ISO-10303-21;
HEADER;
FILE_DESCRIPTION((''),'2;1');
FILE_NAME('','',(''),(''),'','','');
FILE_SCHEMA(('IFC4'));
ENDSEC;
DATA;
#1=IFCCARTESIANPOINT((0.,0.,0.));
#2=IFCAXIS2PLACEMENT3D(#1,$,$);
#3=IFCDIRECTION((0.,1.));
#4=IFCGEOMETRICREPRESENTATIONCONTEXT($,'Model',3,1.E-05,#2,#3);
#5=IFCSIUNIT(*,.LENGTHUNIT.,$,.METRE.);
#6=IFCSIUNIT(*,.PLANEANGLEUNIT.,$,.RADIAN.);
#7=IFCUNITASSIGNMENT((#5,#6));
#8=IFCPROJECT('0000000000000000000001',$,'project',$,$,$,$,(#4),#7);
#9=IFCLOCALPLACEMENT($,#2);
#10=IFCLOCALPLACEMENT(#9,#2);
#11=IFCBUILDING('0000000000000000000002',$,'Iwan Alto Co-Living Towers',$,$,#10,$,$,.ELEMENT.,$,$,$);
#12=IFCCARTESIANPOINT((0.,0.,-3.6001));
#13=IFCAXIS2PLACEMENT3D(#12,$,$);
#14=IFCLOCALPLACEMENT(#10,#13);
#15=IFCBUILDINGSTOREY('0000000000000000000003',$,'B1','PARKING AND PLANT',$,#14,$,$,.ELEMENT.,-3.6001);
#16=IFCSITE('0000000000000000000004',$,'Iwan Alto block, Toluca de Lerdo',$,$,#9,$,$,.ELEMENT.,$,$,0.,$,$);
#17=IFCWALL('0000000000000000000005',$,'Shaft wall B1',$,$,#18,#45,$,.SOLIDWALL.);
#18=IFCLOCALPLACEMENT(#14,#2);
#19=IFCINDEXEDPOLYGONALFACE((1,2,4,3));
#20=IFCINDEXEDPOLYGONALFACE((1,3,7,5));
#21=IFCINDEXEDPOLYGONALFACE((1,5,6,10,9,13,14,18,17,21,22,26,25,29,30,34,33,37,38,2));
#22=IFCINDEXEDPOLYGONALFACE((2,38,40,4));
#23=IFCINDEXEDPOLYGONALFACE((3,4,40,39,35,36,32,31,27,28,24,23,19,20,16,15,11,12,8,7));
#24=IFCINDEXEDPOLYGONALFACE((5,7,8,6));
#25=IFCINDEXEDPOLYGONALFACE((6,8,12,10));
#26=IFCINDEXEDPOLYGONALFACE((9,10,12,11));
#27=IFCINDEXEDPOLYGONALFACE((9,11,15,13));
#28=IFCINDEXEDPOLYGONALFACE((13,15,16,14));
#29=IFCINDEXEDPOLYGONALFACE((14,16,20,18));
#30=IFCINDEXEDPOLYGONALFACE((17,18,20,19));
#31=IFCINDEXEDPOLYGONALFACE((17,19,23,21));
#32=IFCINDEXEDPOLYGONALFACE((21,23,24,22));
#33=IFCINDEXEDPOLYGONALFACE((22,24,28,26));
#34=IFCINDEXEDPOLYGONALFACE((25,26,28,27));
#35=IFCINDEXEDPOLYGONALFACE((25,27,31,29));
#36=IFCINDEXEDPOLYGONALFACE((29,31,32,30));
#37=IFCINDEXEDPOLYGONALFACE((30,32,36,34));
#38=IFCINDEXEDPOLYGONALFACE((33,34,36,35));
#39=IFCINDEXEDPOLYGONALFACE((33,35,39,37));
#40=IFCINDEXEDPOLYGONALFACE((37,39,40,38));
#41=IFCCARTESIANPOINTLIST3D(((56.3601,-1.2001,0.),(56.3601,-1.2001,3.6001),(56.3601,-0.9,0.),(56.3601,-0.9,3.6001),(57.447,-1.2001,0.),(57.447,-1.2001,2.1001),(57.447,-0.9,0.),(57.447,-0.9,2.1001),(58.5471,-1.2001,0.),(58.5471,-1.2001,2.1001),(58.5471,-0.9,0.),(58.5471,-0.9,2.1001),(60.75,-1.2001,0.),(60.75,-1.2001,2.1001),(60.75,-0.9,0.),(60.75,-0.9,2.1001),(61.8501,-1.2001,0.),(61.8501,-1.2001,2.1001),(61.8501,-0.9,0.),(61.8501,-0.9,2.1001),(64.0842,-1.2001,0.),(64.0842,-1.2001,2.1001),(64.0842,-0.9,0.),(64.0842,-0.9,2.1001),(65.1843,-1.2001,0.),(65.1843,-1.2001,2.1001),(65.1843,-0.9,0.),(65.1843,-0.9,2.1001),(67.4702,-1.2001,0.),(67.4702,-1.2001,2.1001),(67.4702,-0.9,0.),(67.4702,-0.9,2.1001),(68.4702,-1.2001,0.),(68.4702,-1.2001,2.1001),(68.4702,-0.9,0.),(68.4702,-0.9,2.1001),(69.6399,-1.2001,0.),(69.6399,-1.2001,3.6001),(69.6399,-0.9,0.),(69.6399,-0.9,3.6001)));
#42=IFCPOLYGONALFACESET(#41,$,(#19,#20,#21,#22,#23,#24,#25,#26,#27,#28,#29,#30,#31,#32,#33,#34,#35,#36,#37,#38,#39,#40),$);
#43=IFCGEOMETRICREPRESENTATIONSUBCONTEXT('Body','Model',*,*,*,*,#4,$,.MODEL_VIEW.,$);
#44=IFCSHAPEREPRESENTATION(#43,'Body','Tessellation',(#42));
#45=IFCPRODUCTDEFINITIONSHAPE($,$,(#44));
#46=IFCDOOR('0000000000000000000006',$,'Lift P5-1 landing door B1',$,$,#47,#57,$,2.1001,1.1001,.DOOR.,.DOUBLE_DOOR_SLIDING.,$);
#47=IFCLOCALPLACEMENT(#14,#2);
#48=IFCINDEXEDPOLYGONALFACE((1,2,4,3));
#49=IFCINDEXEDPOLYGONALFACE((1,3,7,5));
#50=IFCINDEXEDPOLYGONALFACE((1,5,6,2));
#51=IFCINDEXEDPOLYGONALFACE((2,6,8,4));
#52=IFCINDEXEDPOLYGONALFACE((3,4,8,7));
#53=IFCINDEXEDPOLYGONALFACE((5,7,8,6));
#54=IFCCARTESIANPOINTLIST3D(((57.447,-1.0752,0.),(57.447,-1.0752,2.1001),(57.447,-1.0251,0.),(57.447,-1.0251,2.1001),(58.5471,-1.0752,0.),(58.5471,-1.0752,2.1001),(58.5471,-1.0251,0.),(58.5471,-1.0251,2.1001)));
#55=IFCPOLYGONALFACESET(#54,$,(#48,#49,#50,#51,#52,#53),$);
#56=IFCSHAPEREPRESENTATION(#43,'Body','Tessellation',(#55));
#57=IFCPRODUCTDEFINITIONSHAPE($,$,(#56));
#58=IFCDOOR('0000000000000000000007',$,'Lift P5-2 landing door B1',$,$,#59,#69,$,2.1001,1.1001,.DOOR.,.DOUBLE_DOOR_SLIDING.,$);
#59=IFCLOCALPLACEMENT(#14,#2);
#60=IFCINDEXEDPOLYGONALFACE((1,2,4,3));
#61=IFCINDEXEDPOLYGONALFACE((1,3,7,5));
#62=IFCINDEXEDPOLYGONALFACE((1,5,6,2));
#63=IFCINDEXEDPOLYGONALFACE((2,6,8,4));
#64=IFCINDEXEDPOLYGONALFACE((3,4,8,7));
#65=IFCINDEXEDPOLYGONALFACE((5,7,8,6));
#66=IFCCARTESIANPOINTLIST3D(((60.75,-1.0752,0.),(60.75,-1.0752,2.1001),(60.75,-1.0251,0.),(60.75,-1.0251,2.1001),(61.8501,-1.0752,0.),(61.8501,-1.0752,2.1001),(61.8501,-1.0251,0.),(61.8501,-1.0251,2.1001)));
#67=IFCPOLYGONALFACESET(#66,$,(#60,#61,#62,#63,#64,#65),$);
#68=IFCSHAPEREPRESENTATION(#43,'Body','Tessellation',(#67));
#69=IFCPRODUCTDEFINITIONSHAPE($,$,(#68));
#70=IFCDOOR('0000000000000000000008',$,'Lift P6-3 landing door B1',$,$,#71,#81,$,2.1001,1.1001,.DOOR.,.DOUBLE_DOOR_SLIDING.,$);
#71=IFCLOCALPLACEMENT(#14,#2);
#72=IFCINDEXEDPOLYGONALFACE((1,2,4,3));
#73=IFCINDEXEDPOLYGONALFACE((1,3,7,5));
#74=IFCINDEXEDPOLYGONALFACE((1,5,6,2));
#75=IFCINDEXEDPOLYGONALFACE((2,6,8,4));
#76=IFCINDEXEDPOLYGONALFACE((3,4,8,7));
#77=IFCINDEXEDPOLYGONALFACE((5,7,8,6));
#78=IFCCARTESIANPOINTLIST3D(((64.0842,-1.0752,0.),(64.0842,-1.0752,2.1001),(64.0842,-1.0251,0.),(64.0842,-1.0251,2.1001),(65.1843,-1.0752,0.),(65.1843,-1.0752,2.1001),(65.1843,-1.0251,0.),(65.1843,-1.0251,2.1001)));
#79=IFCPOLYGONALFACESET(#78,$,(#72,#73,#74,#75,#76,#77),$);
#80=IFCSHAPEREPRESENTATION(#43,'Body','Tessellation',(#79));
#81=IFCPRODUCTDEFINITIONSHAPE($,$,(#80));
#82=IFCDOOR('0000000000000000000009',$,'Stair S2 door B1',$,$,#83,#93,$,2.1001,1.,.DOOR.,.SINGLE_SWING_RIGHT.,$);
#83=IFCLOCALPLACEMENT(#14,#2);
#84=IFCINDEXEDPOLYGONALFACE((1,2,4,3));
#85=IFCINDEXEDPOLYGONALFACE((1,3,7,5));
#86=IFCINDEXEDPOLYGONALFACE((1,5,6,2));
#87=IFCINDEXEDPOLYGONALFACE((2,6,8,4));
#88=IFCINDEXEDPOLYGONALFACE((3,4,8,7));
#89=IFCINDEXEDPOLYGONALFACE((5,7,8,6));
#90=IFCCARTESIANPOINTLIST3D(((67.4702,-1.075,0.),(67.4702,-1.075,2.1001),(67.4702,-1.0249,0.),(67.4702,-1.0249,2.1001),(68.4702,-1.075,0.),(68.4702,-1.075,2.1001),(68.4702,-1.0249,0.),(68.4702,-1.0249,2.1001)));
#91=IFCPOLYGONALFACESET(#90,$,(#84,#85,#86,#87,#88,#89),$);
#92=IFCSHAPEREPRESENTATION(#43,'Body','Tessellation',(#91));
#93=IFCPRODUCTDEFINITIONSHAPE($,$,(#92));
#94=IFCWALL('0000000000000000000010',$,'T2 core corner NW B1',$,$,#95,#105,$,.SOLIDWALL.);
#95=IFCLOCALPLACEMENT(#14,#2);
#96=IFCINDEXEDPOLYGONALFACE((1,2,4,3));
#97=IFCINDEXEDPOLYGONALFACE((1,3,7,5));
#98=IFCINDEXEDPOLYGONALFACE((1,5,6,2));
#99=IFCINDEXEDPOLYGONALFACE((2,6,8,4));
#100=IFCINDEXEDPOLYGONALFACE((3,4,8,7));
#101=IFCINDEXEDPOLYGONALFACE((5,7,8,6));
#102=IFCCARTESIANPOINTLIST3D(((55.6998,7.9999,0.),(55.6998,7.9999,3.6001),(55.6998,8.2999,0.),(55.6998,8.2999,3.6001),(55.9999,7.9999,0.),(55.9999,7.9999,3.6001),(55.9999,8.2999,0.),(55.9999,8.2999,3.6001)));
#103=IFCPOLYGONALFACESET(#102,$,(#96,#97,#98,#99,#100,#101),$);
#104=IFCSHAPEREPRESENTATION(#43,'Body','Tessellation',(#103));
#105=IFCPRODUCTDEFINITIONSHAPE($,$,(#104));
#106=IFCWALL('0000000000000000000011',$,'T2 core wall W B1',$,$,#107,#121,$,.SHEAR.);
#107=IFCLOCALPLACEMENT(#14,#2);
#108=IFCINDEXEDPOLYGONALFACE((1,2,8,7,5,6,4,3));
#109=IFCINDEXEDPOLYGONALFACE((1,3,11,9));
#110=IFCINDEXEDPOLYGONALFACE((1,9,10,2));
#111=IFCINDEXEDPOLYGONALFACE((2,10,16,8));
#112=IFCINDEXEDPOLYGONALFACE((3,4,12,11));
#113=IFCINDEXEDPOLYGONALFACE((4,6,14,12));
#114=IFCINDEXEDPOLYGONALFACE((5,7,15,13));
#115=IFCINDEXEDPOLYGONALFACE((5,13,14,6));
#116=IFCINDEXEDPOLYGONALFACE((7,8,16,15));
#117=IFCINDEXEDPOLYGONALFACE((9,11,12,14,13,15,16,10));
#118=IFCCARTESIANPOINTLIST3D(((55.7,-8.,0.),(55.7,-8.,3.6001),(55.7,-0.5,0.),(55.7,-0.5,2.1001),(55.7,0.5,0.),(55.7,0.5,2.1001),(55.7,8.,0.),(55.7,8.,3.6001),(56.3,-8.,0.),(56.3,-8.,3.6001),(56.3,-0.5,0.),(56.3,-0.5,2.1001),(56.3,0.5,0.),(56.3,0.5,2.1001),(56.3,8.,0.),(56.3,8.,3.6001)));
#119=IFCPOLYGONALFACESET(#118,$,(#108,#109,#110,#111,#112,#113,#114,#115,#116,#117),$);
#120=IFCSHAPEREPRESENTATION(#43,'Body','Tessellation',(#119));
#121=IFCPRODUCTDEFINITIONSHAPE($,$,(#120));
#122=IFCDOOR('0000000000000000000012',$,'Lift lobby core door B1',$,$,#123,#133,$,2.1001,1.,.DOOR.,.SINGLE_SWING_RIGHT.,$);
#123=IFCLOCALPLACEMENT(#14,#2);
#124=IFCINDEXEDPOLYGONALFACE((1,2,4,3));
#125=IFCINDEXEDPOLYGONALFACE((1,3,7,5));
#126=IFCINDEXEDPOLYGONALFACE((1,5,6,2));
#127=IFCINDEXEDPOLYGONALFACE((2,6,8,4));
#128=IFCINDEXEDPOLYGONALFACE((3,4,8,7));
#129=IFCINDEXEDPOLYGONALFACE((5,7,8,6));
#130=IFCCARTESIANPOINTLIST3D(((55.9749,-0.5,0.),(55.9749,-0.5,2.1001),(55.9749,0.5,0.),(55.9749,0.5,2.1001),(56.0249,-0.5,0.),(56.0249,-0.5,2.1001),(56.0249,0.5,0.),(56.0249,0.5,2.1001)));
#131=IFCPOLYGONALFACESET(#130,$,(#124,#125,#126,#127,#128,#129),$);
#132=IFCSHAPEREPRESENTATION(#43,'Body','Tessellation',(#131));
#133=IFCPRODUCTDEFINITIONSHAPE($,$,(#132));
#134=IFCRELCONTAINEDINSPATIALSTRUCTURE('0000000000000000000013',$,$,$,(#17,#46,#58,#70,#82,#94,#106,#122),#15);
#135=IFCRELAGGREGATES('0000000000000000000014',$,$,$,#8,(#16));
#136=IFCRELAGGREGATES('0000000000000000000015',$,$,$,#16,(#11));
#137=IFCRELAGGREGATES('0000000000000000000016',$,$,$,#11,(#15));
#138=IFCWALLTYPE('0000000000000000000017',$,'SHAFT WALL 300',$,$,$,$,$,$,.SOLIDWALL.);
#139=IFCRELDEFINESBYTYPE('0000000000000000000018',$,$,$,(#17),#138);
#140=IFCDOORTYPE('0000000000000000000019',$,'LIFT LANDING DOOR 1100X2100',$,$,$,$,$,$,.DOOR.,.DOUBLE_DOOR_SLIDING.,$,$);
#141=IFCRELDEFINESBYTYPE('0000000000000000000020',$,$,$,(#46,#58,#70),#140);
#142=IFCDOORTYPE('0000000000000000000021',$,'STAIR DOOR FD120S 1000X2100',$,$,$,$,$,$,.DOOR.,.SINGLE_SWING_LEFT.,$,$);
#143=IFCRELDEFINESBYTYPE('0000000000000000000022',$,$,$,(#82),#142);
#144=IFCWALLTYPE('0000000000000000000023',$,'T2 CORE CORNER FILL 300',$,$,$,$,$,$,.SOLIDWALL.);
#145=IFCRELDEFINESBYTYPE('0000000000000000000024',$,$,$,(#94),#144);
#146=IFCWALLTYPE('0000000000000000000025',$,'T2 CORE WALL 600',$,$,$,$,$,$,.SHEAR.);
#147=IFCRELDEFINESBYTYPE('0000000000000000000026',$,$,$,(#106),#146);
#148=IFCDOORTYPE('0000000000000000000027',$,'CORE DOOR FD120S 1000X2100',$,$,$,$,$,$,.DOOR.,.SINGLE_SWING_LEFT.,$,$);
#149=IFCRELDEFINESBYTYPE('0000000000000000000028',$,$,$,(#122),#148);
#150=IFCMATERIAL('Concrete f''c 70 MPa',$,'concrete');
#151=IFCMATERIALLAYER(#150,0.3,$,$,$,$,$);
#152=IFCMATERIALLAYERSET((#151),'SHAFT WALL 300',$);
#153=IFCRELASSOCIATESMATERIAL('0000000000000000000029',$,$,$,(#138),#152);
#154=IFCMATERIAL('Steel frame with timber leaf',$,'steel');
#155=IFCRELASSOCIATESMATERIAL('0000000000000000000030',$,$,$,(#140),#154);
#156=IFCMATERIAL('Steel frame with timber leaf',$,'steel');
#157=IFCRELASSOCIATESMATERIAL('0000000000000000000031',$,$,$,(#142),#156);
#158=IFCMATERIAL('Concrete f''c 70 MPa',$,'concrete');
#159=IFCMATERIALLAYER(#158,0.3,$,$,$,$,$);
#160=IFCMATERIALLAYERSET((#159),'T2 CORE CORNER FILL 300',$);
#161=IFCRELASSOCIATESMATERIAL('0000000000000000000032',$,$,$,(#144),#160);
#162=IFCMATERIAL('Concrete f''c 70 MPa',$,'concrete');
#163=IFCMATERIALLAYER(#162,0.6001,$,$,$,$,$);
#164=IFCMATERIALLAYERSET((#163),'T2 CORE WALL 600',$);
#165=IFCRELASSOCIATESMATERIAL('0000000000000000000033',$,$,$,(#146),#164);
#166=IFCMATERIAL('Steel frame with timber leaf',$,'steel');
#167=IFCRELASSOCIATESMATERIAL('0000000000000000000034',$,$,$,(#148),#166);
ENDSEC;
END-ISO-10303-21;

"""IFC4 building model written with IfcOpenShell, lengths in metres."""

from ifc_helpers import new_model, si_unit, direction, frame, frame_2d, origin, place, context, subcontext, project, spatial, rectangle, extrude, material, layer, layer_set, type_object, element, fill, save


model = new_model("IFC4")

# Units and contexts
model_context = context("Model", 3, precision=1e-05, world=origin(), true_north=direction((0.0, 1.0)))
body_context = subcontext(model_context, "Body", "Model", "MODEL_VIEW")
ifc_project = project(units=[si_unit("LENGTHUNIT", "METRE"), si_unit("PLANEANGLEUNIT", "RADIAN")], contexts=[model_context])

# Site, building, storey
site_placement = place(None, origin())
site = spatial("IfcSite", under=ifc_project, at=site_placement, Name="Iwan Alto block, Toluca de Lerdo", CompositionType="ELEMENT", RefElevation=0.0)
building_placement = place(site_placement, origin())
building = spatial("IfcBuilding", under=site, at=building_placement, Name="Iwan Alto Co-Living Towers", CompositionType="ELEMENT")
storey_placement = place(building_placement, frame((0.0, 0.0, -3.6001)))
storey = spatial("IfcBuildingStorey", under=building, at=storey_placement, Name="B1", Description="PARKING AND PLANT", CompositionType="ELEMENT", Elevation=-3.6001)

# Wall, openings, doors
ifc_material_1 = material(Name="Concrete f'c 70 MPa", Category="concrete")
ifc_layer_1 = layer(ifc_material_1, 0.3)
ifc_layer_set_1 = layer_set([ifc_layer_1], Name="SHAFT WALL 300")
wall_type_1 = type_object("IfcWallType", Name="SHAFT WALL 300", PredefinedType="SOLIDWALL", material=ifc_layer_set_1)
wall_1_placement = place(storey_placement, frame((56.3601, -1.05, 0.0), z_axis=(0.0, 0.0, 1.0), x_axis=(1.0, 0.0, 0.0)))
wall_1 = element("IfcWall", 1, at=wall_1_placement, inside=storey, type_object=wall_type_1, Name="Shaft wall B1", PredefinedType="SOLIDWALL", context=body_context, shape_type="SweptSolid", body=[
    extrude(rectangle(XDim=13.2798, YDim=0.3, at=frame_2d((6.6399, 0.0))), origin(), (0.0, 0.0, 1.0), 3.6001),
])
opening_1_placement = place(wall_1_placement, frame((11.1101, 0.0, 0.0)))
opening_1 = element("IfcOpeningElement", 2, at=opening_1_placement, cuts=wall_1, PredefinedType="OPENING", context=body_context, shape_type="SweptSolid", body=[
    extrude(rectangle(XDim=1.0, YDim=2.1001, at=frame_2d((0.5, 1.05))), frame((0.0, 0.1599, 0.0), z_axis=(0.0, -1.0, 0.0), x_axis=(1.0, 0.0, 0.0)), (0.0, 0.0, 1.0), 0.3201),
])
opening_2_placement = place(wall_1_placement, frame((1.0869, 0.0, 0.0)))
opening_2 = element("IfcOpeningElement", 3, at=opening_2_placement, cuts=wall_1, PredefinedType="OPENING", context=body_context, shape_type="SweptSolid", body=[
    extrude(rectangle(XDim=1.1001, YDim=2.1001, at=frame_2d((0.55, 1.05))), frame((0.0, 0.1599, 0.0), z_axis=(0.0, -1.0, 0.0), x_axis=(1.0, 0.0, 0.0)), (0.0, 0.0, 1.0), 0.3201),
])
opening_3_placement = place(wall_1_placement, frame((4.3899, 0.0, 0.0)))
opening_3 = element("IfcOpeningElement", 4, at=opening_3_placement, cuts=wall_1, PredefinedType="OPENING", context=body_context, shape_type="SweptSolid", body=[
    extrude(rectangle(XDim=1.1001, YDim=2.1001, at=frame_2d((0.55, 1.05))), frame((0.0, 0.1599, 0.0), z_axis=(0.0, -1.0, 0.0), x_axis=(1.0, 0.0, 0.0)), (0.0, 0.0, 1.0), 0.3201),
])
opening_4_placement = place(wall_1_placement, frame((7.7241, 0.0, 0.0)))
opening_4 = element("IfcOpeningElement", 5, at=opening_4_placement, cuts=wall_1, PredefinedType="OPENING", context=body_context, shape_type="SweptSolid", body=[
    extrude(rectangle(XDim=1.1001, YDim=2.1001, at=frame_2d((0.55, 1.05))), frame((0.0, 0.1599, 0.0), z_axis=(0.0, -1.0, 0.0), x_axis=(1.0, 0.0, 0.0)), (0.0, 0.0, 1.0), 0.3201),
])
ifc_material_2 = material(Name="Steel frame with timber leaf", Category="steel")
door_type_1 = type_object("IfcDoorType", Name="LIFT LANDING DOOR 1100X2100", OperationType="DOUBLE_DOOR_SLIDING", PredefinedType="DOOR", material=ifc_material_2)
door_1_placement = place(opening_2_placement, origin())
door_1 = element("IfcDoor", 6, at=door_1_placement, inside=storey, type_object=door_type_1, Name="Lift P5-1 landing door B1", OperationType="DOUBLE_DOOR_SLIDING", OverallHeight=2.1001, OverallWidth=1.1001, PredefinedType="DOOR", context=body_context, shape_type="SweptSolid", body=[
    extrude(rectangle(XDim=1.1001, YDim=2.1001, at=frame_2d((0.55, 1.05))), frame((0.0, 0.0249, 0.0), z_axis=(0.0, -1.0, 0.0), x_axis=(1.0, 0.0, 0.0)), (0.0, 0.0, 1.0), 0.05),
])
fill(opening_2, door_1)
door_2_placement = place(opening_3_placement, origin())
door_2 = element("IfcDoor", 7, at=door_2_placement, inside=storey, type_object=door_type_1, Name="Lift P5-2 landing door B1", OperationType="DOUBLE_DOOR_SLIDING", OverallHeight=2.1001, OverallWidth=1.1001, PredefinedType="DOOR", context=body_context, shape_type="SweptSolid", body=[
    extrude(rectangle(XDim=1.1001, YDim=2.1001, at=frame_2d((0.55, 1.05))), frame((0.0, 0.0249, 0.0), z_axis=(0.0, -1.0, 0.0), x_axis=(1.0, 0.0, 0.0)), (0.0, 0.0, 1.0), 0.05),
])
fill(opening_3, door_2)
door_3_placement = place(opening_4_placement, origin())
door_3 = element("IfcDoor", 8, at=door_3_placement, inside=storey, type_object=door_type_1, Name="Lift P6-3 landing door B1", OperationType="DOUBLE_DOOR_SLIDING", OverallHeight=2.1001, OverallWidth=1.1001, PredefinedType="DOOR", context=body_context, shape_type="SweptSolid", body=[
    extrude(rectangle(XDim=1.1001, YDim=2.1001, at=frame_2d((0.55, 1.05))), frame((0.0, 0.0249, 0.0), z_axis=(0.0, -1.0, 0.0), x_axis=(1.0, 0.0, 0.0)), (0.0, 0.0, 1.0), 0.05),
])
fill(opening_4, door_3)
ifc_material_3 = material(Name="Steel frame with timber leaf", Category="steel")
door_type_2 = type_object("IfcDoorType", Name="STAIR DOOR FD120S 1000X2100", OperationType="SINGLE_SWING_LEFT", PredefinedType="DOOR", material=ifc_material_3)
door_4_placement = place(opening_1_placement, frame((1.0, 0.0, 0.0), z_axis=(0.0, 0.0, 1.0), x_axis=(-1.0, 0.0, 0.0)))
door_4 = element("IfcDoor", 9, at=door_4_placement, inside=storey, type_object=door_type_2, Name="Stair S2 door B1", OperationType="SINGLE_SWING_RIGHT", OverallHeight=2.1001, OverallWidth=1.0, PredefinedType="DOOR", context=body_context, shape_type="SweptSolid", body=[
    extrude(rectangle(XDim=1.0, YDim=2.1001, at=frame_2d((0.5, 1.05))), frame((0.0, 0.0249, 0.0), z_axis=(0.0, -1.0, 0.0), x_axis=(1.0, 0.0, 0.0)), (0.0, 0.0, 1.0), 0.05),
])
fill(opening_1, door_4)

# Wall
ifc_material_4 = material(Name="Concrete f'c 70 MPa", Category="concrete")
ifc_layer_2 = layer(ifc_material_4, 0.3)
ifc_layer_set_2 = layer_set([ifc_layer_2], Name="T2 CORE CORNER FILL 300")
wall_type_2 = type_object("IfcWallType", Name="T2 CORE CORNER FILL 300", PredefinedType="SOLIDWALL", material=ifc_layer_set_2)
wall_2_placement = place(storey_placement, frame((55.7, 8.1499, 0.0), z_axis=(0.0, 0.0, 1.0), x_axis=(1.0, 0.0, 0.0)))
element("IfcWall", 10, at=wall_2_placement, inside=storey, type_object=wall_type_2, Name="T2 core corner NW B1", PredefinedType="SOLIDWALL", context=body_context, shape_type="SweptSolid", body=[
    extrude(rectangle(XDim=0.3, YDim=0.3, at=frame_2d((0.1499, 0.0))), origin(), (0.0, 0.0, 1.0), 3.6001),
])

# Wall, opening, door
ifc_material_5 = material(Name="Concrete f'c 70 MPa", Category="concrete")
ifc_layer_3 = layer(ifc_material_5, 0.6001)
ifc_layer_set_3 = layer_set([ifc_layer_3], Name="T2 CORE WALL 600")
wall_type_3 = type_object("IfcWallType", Name="T2 CORE WALL 600", PredefinedType="SHEAR", material=ifc_layer_set_3)
wall_3_placement = place(storey_placement, frame((56.0, 8.0, 0.0), z_axis=(0.0, 0.0, 1.0), x_axis=(0.0, -1.0, 0.0)))
wall_3 = element("IfcWall", 11, at=wall_3_placement, inside=storey, type_object=wall_type_3, Name="T2 core wall W B1", PredefinedType="SHEAR", context=body_context, shape_type="SweptSolid", body=[
    extrude(rectangle(XDim=16.0, YDim=0.6001, at=frame_2d((8.0, 0.0))), origin(), (0.0, 0.0, 1.0), 3.6001),
])
opening_5_placement = place(wall_3_placement, frame((7.5, 0.0, 0.0)))
opening_5 = element("IfcOpeningElement", 12, at=opening_5_placement, cuts=wall_3, PredefinedType="OPENING", context=body_context, shape_type="SweptSolid", body=[
    extrude(rectangle(XDim=1.0, YDim=2.1001, at=frame_2d((0.5, 1.05))), frame((0.0, 0.3101, 0.0), z_axis=(0.0, -1.0, 0.0), x_axis=(1.0, 0.0, 0.0)), (0.0, 0.0, 1.0), 0.6201),
])
ifc_material_6 = material(Name="Steel frame with timber leaf", Category="steel")
door_type_3 = type_object("IfcDoorType", Name="CORE DOOR FD120S 1000X2100", OperationType="SINGLE_SWING_LEFT", PredefinedType="DOOR", material=ifc_material_6)
door_5_placement = place(opening_5_placement, origin())
door_5 = element("IfcDoor", 13, at=door_5_placement, inside=storey, type_object=door_type_3, Name="Lift lobby core door B1", OperationType="SINGLE_SWING_RIGHT", OverallHeight=2.1001, OverallWidth=1.0, PredefinedType="DOOR", context=body_context, shape_type="SweptSolid", body=[
    extrude(rectangle(XDim=1.0, YDim=2.1001, at=frame_2d((0.5, 1.05))), frame((0.0, 0.0249, 0.0), z_axis=(0.0, -1.0, 0.0), x_axis=(1.0, 0.0, 0.0)), (0.0, 0.0, 1.0), 0.05),
])
fill(opening_5, door_5)

save(model, "model.ifc")
